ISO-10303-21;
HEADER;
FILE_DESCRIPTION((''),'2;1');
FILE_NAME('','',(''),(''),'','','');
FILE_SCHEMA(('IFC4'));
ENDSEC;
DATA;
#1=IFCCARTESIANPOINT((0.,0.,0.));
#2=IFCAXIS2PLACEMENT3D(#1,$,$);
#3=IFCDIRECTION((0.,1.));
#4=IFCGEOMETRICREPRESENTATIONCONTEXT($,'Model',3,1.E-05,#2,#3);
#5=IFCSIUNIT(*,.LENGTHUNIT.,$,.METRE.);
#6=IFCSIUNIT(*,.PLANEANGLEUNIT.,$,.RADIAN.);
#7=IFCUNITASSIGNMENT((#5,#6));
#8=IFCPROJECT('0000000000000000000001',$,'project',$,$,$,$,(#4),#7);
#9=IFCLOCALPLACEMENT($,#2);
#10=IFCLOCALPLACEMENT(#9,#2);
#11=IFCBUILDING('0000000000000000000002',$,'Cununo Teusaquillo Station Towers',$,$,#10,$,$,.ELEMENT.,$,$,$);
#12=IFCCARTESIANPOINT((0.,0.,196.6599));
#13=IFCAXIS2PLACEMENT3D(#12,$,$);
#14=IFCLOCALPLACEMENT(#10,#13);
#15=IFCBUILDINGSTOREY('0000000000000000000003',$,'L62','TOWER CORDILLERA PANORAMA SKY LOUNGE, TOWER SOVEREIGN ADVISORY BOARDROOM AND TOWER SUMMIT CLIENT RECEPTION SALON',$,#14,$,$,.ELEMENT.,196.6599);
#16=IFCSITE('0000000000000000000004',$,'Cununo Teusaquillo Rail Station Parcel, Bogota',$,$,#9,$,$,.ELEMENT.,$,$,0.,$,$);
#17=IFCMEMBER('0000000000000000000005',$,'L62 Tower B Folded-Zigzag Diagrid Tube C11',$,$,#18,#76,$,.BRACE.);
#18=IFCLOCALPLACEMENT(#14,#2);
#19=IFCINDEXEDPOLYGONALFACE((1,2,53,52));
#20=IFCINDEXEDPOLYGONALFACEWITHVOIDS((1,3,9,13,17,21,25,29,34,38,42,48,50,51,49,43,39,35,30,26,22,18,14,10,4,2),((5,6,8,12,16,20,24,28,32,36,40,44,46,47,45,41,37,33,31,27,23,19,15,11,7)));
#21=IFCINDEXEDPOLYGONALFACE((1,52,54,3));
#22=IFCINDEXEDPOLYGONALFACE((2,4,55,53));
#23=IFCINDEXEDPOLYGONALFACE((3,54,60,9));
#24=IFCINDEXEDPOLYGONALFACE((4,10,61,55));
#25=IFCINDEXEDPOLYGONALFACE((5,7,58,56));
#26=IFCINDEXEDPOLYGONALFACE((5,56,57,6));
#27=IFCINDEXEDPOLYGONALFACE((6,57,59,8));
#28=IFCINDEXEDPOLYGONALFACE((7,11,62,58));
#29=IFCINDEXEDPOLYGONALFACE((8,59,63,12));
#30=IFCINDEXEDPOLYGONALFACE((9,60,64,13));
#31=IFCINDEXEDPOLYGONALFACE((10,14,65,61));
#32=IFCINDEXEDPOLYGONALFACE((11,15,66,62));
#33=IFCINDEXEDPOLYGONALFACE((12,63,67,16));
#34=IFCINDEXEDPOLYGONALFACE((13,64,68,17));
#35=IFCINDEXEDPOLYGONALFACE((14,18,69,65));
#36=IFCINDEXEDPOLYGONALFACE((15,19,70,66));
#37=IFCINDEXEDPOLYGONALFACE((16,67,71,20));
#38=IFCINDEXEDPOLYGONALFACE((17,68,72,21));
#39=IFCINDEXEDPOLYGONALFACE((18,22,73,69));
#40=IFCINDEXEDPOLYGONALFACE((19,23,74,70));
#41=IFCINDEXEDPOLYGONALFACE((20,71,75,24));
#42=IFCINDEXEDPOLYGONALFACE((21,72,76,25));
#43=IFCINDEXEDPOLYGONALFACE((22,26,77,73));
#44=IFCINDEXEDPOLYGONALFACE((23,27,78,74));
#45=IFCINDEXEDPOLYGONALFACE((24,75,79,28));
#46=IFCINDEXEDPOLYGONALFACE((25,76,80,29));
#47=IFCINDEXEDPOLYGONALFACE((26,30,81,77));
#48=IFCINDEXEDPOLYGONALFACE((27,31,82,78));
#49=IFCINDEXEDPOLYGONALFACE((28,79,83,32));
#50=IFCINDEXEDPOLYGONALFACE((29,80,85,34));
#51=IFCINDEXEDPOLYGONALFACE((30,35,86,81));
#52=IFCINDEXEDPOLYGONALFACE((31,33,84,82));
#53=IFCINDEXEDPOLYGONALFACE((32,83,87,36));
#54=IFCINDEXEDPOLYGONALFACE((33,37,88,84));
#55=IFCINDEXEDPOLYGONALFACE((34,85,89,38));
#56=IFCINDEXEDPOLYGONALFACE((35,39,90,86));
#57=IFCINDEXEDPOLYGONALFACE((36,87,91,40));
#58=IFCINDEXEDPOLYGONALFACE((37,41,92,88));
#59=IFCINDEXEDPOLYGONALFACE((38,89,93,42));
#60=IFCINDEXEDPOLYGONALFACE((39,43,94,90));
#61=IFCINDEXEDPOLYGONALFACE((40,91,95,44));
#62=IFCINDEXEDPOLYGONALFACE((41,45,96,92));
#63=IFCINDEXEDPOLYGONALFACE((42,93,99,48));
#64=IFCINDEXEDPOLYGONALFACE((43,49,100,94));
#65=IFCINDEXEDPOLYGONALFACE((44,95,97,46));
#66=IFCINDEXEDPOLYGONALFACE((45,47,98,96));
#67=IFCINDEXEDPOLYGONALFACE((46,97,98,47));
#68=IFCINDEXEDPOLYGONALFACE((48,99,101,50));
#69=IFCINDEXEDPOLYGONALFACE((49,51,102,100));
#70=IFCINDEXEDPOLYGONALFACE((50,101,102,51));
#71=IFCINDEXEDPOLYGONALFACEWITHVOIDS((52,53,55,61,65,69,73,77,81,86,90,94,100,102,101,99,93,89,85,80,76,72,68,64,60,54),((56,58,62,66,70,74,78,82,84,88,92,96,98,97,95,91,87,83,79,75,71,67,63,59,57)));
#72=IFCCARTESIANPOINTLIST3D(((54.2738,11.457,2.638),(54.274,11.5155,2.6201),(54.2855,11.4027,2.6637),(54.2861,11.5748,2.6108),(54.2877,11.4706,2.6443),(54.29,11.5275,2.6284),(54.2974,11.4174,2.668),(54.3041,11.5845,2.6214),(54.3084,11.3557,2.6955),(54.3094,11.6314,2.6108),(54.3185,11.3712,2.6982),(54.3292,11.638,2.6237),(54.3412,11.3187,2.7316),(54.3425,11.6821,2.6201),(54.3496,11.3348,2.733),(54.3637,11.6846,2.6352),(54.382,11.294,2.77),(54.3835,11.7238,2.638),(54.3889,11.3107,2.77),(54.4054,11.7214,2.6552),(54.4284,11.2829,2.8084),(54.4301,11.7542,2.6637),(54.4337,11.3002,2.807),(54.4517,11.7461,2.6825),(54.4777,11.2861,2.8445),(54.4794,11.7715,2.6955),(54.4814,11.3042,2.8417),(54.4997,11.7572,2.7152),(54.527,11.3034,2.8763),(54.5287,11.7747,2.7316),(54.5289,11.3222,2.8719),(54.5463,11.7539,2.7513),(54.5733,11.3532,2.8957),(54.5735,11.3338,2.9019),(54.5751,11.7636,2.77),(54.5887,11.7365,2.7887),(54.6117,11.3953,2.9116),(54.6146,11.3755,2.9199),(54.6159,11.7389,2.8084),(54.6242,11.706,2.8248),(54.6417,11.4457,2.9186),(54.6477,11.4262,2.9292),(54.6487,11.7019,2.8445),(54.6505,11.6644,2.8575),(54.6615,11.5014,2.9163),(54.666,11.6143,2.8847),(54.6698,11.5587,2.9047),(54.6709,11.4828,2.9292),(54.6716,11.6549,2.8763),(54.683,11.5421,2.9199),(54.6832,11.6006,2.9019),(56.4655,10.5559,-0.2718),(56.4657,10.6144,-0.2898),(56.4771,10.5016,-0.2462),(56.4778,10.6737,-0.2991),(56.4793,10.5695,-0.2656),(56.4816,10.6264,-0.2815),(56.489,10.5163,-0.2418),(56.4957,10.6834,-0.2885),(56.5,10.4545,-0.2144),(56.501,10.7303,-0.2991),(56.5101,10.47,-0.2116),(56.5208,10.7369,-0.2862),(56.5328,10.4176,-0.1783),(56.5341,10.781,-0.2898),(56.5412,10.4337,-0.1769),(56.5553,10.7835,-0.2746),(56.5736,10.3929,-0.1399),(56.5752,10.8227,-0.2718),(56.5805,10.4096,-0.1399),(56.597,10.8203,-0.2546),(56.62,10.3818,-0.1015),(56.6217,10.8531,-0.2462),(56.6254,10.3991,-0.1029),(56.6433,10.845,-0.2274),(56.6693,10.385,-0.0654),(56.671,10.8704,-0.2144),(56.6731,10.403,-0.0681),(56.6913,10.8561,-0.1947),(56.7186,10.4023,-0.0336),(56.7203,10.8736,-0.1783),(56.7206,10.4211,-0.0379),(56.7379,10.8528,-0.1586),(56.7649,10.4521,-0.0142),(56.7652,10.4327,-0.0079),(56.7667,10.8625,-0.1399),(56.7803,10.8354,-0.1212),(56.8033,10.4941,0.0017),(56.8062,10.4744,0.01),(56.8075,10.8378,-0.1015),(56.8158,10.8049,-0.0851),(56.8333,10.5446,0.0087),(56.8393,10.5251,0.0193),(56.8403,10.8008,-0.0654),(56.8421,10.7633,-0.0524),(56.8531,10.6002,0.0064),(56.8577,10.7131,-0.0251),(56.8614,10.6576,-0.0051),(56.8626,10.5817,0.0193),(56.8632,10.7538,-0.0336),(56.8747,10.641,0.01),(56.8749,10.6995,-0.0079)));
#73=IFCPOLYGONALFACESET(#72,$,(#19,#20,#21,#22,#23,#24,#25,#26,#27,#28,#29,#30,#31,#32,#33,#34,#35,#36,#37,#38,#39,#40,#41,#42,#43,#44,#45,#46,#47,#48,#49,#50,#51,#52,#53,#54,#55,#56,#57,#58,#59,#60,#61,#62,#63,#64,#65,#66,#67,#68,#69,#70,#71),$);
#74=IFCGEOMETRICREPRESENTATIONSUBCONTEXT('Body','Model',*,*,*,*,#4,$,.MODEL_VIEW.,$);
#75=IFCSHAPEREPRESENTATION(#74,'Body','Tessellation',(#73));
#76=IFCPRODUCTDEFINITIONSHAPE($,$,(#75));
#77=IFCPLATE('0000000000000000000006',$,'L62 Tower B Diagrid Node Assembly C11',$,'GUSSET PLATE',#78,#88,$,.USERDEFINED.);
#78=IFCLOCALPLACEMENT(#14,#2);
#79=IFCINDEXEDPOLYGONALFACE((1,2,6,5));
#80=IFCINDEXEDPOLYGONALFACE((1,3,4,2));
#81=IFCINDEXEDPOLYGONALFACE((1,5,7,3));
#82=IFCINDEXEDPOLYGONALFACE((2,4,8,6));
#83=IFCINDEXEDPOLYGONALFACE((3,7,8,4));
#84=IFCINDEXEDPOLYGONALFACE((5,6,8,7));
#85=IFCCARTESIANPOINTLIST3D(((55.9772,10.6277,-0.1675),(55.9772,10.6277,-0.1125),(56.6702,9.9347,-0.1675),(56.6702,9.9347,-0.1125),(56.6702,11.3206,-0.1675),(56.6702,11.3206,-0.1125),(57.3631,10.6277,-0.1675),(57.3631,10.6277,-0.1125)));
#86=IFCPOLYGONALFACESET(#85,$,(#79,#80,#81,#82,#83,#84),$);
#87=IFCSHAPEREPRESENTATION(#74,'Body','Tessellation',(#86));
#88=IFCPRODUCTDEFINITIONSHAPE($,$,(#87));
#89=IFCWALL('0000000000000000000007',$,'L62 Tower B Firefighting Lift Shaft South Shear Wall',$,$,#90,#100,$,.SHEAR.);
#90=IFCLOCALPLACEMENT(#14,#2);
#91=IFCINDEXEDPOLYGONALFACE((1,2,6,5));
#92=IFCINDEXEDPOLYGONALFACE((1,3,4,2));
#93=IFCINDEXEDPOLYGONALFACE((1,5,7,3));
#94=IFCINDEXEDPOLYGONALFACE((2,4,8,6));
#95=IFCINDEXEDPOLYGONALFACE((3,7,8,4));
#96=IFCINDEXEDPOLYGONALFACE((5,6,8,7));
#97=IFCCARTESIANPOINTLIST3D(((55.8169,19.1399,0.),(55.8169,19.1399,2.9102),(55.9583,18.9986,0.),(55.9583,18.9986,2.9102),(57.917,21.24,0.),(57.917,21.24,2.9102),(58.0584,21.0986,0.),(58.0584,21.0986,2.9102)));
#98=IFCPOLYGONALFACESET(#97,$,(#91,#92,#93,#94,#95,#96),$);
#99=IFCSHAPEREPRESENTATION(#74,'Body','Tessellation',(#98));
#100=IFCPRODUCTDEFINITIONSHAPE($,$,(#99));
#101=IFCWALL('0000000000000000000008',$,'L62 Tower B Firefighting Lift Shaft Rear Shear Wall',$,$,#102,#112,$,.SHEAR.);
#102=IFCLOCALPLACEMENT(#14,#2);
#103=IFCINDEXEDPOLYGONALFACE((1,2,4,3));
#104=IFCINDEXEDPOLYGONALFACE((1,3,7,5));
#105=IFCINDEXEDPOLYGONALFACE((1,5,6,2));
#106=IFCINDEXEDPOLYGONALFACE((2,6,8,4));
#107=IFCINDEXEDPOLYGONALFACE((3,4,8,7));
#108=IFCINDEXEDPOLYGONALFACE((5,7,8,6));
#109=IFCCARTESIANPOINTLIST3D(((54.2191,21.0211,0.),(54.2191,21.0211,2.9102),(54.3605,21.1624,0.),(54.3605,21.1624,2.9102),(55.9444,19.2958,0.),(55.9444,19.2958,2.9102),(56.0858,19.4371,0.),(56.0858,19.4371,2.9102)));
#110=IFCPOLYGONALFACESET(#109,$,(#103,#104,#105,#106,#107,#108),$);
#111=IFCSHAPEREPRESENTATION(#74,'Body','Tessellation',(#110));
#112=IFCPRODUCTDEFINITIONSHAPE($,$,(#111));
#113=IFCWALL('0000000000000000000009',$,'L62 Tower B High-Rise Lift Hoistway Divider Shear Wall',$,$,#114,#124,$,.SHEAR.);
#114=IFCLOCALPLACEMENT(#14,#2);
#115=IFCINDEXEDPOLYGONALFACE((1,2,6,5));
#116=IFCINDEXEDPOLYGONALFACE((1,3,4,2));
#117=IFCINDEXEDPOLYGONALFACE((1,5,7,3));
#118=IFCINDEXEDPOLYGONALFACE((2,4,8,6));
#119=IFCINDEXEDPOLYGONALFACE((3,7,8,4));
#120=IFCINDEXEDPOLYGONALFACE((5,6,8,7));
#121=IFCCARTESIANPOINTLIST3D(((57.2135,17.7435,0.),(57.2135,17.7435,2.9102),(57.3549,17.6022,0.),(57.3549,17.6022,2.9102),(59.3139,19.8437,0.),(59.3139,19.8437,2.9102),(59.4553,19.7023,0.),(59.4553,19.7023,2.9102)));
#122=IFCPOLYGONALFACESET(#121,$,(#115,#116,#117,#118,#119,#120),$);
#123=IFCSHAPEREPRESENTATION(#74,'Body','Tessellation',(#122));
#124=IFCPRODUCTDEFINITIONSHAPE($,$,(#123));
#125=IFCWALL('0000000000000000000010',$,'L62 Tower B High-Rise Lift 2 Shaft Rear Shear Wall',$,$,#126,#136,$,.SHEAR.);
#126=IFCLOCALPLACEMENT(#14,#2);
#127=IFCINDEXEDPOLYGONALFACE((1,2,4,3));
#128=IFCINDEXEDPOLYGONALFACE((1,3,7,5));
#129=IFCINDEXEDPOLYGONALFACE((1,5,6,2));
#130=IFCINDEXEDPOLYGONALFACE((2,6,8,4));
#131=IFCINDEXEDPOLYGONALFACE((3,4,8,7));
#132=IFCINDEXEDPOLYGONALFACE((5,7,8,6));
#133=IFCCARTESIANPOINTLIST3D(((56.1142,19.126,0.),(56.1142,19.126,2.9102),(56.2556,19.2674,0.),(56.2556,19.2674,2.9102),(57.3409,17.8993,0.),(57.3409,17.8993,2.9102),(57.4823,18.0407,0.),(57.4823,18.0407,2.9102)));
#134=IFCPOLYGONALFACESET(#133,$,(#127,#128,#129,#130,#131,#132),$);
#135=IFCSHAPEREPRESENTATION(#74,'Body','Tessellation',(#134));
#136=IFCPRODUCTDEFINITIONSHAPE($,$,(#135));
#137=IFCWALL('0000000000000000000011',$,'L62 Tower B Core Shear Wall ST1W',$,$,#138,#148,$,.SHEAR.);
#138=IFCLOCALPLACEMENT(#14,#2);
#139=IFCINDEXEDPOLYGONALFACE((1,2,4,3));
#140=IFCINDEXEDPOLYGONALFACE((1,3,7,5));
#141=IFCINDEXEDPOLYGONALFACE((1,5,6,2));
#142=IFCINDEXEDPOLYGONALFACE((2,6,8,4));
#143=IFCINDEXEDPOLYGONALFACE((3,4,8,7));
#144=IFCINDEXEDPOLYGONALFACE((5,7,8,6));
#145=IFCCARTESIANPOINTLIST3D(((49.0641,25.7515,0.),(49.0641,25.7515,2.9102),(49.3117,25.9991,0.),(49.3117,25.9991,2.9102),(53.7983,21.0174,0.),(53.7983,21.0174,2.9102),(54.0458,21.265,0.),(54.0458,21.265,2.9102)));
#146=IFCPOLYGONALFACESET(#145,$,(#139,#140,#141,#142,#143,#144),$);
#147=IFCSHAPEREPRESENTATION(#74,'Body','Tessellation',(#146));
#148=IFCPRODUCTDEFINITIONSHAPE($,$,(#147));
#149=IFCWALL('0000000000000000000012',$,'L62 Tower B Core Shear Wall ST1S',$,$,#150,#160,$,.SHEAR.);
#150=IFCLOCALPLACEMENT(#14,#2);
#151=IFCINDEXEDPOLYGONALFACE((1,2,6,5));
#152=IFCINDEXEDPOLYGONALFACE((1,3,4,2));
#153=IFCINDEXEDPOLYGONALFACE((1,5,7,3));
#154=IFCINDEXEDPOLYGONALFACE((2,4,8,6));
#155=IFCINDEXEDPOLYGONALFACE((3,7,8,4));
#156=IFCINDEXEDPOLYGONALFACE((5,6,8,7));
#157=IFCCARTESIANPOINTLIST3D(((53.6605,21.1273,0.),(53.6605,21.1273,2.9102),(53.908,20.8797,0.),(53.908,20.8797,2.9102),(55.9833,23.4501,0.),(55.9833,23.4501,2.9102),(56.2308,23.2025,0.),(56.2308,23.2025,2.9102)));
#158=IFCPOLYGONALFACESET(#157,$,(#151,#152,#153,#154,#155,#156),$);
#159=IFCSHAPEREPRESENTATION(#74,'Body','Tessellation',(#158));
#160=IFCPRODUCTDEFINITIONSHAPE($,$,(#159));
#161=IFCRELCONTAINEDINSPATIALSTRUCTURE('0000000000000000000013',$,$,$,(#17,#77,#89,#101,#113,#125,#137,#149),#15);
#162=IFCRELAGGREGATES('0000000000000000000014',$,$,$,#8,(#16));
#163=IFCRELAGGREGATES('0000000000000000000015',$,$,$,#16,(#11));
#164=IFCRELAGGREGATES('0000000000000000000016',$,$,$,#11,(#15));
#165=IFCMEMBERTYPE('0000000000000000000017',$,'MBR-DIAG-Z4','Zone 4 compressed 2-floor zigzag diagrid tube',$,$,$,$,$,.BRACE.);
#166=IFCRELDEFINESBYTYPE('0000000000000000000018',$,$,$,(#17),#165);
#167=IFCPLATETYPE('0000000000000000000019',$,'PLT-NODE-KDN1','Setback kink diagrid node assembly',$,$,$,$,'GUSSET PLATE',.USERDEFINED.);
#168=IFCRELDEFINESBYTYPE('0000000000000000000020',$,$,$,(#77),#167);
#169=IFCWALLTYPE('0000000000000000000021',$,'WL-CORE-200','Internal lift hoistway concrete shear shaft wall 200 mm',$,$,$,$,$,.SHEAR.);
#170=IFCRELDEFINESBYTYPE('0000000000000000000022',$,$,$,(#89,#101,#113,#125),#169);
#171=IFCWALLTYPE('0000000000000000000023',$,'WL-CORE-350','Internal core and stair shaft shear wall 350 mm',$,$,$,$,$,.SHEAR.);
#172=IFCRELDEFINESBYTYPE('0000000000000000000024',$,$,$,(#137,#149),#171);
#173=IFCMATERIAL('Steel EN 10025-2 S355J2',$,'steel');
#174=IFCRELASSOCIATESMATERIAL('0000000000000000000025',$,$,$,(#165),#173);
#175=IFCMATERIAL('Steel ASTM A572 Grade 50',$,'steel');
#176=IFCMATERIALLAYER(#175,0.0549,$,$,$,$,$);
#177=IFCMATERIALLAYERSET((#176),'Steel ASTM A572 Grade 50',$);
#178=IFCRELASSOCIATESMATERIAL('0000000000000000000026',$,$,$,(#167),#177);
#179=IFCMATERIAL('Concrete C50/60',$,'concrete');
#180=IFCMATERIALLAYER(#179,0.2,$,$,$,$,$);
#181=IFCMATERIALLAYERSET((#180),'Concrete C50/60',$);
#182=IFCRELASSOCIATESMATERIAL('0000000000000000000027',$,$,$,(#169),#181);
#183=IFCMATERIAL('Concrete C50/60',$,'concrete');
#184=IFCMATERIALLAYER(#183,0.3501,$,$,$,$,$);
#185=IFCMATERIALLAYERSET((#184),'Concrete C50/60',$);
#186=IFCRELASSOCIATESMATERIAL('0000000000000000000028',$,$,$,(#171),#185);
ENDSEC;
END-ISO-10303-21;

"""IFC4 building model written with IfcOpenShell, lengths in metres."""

from ifc_helpers import new_model, si_unit, direction, frame, frame_2d, origin, origin_2d, place, context, subcontext, project, spatial, rectangle, hollow_circle, extrude, source, transform, mapped, material, layer, layer_set, material_profile, profile_set, type_object, element, save


model = new_model("IFC4")

# Units and contexts
model_context = context("Model", 3, precision=1e-05, world=origin(), true_north=direction((0.0, 1.0)))
body_context = subcontext(model_context, "Body", "Model", "MODEL_VIEW")
ifc_project = project(units=[si_unit("LENGTHUNIT", "METRE"), si_unit("PLANEANGLEUNIT", "RADIAN")], contexts=[model_context])

# Site, building, storey
site_placement = place(None, origin())
site = spatial("IfcSite", under=ifc_project, at=site_placement, Name="Cununo Teusaquillo Rail Station Parcel, Bogota", CompositionType="ELEMENT", RefElevation=0.0)
building_placement = place(site_placement, origin())
building = spatial("IfcBuilding", under=site, at=building_placement, Name="Cununo Teusaquillo Station Towers", CompositionType="ELEMENT")
storey_placement = place(building_placement, frame((0.0, 0.0, 196.6599)))
storey = spatial("IfcBuildingStorey", under=building, at=storey_placement, Name="L62", Description="TOWER CORDILLERA PANORAMA SKY LOUNGE, TOWER SOVEREIGN ADVISORY BOARDROOM AND TOWER SUMMIT CLIENT RECEPTION SALON", CompositionType="ELEMENT", Elevation=196.6599)

# Member
ifc_material_1 = material(Name="Steel EN 10025-2 S355J2", Category="steel")
ifc_material_profile_1 = material_profile(ifc_material_1, hollow_circle(Radius=0.2539, WallThickness=0.0181, at=origin_2d()), Name="CHS 508x18")
ifc_profile_set_1 = profile_set([ifc_material_profile_1], Name="Steel EN 10025-2 S355J2")
member_type = type_object("IfcMemberType", Name="MBR-DIAG-Z4", Description="Zone 4 compressed 2-floor zigzag diagrid tube", PredefinedType="BRACE", material=ifc_profile_set_1)
member_placement = place(storey_placement, frame((56.6702, 10.6277, -0.1399), z_axis=(-0.584016, 0.240125, 0.775413), x_axis=(-0.380273, -0.924874, 0.0)))
element("IfcMember", 1, at=member_placement, inside=storey, type_object=member_type, Name="L62 Tower B Folded-Zigzag Diagrid Tube C11", PredefinedType="BRACE", context=body_context, shape_type="SweptSolid", body=[
    extrude(hollow_circle(Radius=0.2539, WallThickness=0.0181, at=origin_2d()), origin(), (0.0, 0.0, 1.0), 3.7527),
])

# Plate
ifc_material_2 = material(Name="Steel ASTM A572 Grade 50", Category="steel")
ifc_layer_1 = layer(ifc_material_2, 0.0549)
ifc_layer_set_1 = layer_set([ifc_layer_1], Name="Steel ASTM A572 Grade 50")
plate_type = type_object("IfcPlateType", Name="PLT-NODE-KDN1", Description="Setback kink diagrid node assembly", ElementType="GUSSET PLATE", PredefinedType="USERDEFINED", material=ifc_layer_set_1)
shared_shape_1 = source(origin(), body_context, "Body", "SweptSolid", [
    extrude(rectangle(XDim=0.98, YDim=0.98, at=origin_2d()), origin(), (0.0, 0.0, 1.0), 0.0549),
])
plate_placement = place(storey_placement, frame((56.6702, 10.6277, -0.1675), z_axis=(0.0, 0.0, 1.0), x_axis=(0.707107, 0.707107, 0.0)))
element("IfcPlate", 2, at=plate_placement, inside=storey, type_object=plate_type, Name="L62 Tower B Diagrid Node Assembly C11", ObjectType="GUSSET PLATE", PredefinedType="USERDEFINED", context=body_context, shape_type="MappedRepresentation", body=[
    mapped(shared_shape_1, transform((0.0, 0.0, 0.0), x_axis=(1.0, 0.0, 0.0), y_axis=(0.0, 1.0, 0.0), z_axis=(0.0, 0.0, 1.0), scale=1.0)),
])

# Walls
ifc_material_3 = material(Name="Concrete C50/60", Category="concrete")
ifc_layer_2 = layer(ifc_material_3, 0.2)
ifc_layer_set_2 = layer_set([ifc_layer_2], Name="Concrete C50/60")
wall_type_1 = type_object("IfcWallType", Name="WL-CORE-200", Description="Internal lift hoistway concrete shear shaft wall 200 mm", PredefinedType="SHEAR", material=ifc_layer_set_2)
wall_1_placement = place(storey_placement, frame((55.8877, 19.0693, 0.0), z_axis=(0.0, 0.0, 1.0), x_axis=(0.707107, 0.707107, 0.0)))
element("IfcWall", 3, at=wall_1_placement, inside=storey, type_object=wall_type_1, Name="L62 Tower B Firefighting Lift Shaft South Shear Wall", PredefinedType="SHEAR", context=body_context, shape_type="SweptSolid", body=[
    extrude(rectangle(XDim=2.97, YDim=0.2, at=frame_2d((1.4849, 0.0))), origin(), (0.0, 0.0, 1.0), 2.9102),
])
wall_2_placement = place(storey_placement, frame((56.0151, 19.3665, 0.0), z_axis=(0.0, 0.0, 1.0), x_axis=(-0.707107, 0.707107, 0.0)))
element("IfcWall", 4, at=wall_2_placement, inside=storey, type_object=wall_type_1, Name="L62 Tower B Firefighting Lift Shaft Rear Shear Wall", PredefinedType="SHEAR", context=body_context, shape_type="SweptSolid", body=[
    extrude(rectangle(XDim=2.4399, YDim=0.2, at=frame_2d((1.22, 0.0))), origin(), (0.0, 0.0, 1.0), 2.9102),
])
wall_3_placement = place(storey_placement, frame((57.2842, 17.6729, 0.0), z_axis=(0.0, 0.0, 1.0), x_axis=(0.707148, 0.707066, 0.0)))
element("IfcWall", 5, at=wall_3_placement, inside=storey, type_object=wall_type_1, Name="L62 Tower B High-Rise Lift Hoistway Divider Shear Wall", PredefinedType="SHEAR", context=body_context, shape_type="SweptSolid", body=[
    extrude(rectangle(XDim=2.9702, YDim=0.2, at=frame_2d((1.4851, 0.0))), origin(), (0.0, 0.0, 1.0), 2.9102),
])
wall_4_placement = place(storey_placement, frame((57.4116, 17.97, 0.0), z_axis=(0.0, 0.0, 1.0), x_axis=(-0.707107, 0.707107, 0.0)))
element("IfcWall", 6, at=wall_4_placement, inside=storey, type_object=wall_type_1, Name="L62 Tower B High-Rise Lift 2 Shaft Rear Shear Wall", PredefinedType="SHEAR", context=body_context, shape_type="SweptSolid", body=[
    extrude(rectangle(XDim=1.7349, YDim=0.2, at=frame_2d((0.8674, 0.0))), origin(), (0.0, 0.0, 1.0), 2.9102),
])
ifc_material_4 = material(Name="Concrete C50/60", Category="concrete")
ifc_layer_3 = layer(ifc_material_4, 0.3501)
ifc_layer_set_3 = layer_set([ifc_layer_3], Name="Concrete C50/60")
wall_type_2 = type_object("IfcWallType", Name="WL-CORE-350", Description="Internal core and stair shaft shear wall 350 mm", PredefinedType="SHEAR", material=ifc_layer_set_3)
wall_5_placement = place(storey_placement, frame((53.9221, 21.1411, 0.0), z_axis=(0.0, 0.0, 1.0), x_axis=(-0.707107, 0.707107, 0.0)))
element("IfcWall", 7, at=wall_5_placement, inside=storey, type_object=wall_type_2, Name="L62 Tower B Core Shear Wall ST1W", PredefinedType="SHEAR", context=body_context, shape_type="SweptSolid", body=[
    extrude(rectangle(XDim=6.6951, YDim=0.3501, at=frame_2d((3.3477, 0.0))), origin(), (0.0, 0.0, 1.0), 2.9102),
])
wall_6_placement = place(storey_placement, frame((53.7842, 21.0034, 0.0), z_axis=(0.0, 0.0, 1.0), x_axis=(0.707107, 0.707107, 0.0)))
element("IfcWall", 8, at=wall_6_placement, inside=storey, type_object=wall_type_2, Name="L62 Tower B Core Shear Wall ST1S", PredefinedType="SHEAR", context=body_context, shape_type="SweptSolid", body=[
    extrude(rectangle(XDim=3.2849, YDim=0.3501, at=frame_2d((1.6426, 0.0))), origin(), (0.0, 0.0, 1.0), 2.9102),
])

save(model, "model.ifc")
